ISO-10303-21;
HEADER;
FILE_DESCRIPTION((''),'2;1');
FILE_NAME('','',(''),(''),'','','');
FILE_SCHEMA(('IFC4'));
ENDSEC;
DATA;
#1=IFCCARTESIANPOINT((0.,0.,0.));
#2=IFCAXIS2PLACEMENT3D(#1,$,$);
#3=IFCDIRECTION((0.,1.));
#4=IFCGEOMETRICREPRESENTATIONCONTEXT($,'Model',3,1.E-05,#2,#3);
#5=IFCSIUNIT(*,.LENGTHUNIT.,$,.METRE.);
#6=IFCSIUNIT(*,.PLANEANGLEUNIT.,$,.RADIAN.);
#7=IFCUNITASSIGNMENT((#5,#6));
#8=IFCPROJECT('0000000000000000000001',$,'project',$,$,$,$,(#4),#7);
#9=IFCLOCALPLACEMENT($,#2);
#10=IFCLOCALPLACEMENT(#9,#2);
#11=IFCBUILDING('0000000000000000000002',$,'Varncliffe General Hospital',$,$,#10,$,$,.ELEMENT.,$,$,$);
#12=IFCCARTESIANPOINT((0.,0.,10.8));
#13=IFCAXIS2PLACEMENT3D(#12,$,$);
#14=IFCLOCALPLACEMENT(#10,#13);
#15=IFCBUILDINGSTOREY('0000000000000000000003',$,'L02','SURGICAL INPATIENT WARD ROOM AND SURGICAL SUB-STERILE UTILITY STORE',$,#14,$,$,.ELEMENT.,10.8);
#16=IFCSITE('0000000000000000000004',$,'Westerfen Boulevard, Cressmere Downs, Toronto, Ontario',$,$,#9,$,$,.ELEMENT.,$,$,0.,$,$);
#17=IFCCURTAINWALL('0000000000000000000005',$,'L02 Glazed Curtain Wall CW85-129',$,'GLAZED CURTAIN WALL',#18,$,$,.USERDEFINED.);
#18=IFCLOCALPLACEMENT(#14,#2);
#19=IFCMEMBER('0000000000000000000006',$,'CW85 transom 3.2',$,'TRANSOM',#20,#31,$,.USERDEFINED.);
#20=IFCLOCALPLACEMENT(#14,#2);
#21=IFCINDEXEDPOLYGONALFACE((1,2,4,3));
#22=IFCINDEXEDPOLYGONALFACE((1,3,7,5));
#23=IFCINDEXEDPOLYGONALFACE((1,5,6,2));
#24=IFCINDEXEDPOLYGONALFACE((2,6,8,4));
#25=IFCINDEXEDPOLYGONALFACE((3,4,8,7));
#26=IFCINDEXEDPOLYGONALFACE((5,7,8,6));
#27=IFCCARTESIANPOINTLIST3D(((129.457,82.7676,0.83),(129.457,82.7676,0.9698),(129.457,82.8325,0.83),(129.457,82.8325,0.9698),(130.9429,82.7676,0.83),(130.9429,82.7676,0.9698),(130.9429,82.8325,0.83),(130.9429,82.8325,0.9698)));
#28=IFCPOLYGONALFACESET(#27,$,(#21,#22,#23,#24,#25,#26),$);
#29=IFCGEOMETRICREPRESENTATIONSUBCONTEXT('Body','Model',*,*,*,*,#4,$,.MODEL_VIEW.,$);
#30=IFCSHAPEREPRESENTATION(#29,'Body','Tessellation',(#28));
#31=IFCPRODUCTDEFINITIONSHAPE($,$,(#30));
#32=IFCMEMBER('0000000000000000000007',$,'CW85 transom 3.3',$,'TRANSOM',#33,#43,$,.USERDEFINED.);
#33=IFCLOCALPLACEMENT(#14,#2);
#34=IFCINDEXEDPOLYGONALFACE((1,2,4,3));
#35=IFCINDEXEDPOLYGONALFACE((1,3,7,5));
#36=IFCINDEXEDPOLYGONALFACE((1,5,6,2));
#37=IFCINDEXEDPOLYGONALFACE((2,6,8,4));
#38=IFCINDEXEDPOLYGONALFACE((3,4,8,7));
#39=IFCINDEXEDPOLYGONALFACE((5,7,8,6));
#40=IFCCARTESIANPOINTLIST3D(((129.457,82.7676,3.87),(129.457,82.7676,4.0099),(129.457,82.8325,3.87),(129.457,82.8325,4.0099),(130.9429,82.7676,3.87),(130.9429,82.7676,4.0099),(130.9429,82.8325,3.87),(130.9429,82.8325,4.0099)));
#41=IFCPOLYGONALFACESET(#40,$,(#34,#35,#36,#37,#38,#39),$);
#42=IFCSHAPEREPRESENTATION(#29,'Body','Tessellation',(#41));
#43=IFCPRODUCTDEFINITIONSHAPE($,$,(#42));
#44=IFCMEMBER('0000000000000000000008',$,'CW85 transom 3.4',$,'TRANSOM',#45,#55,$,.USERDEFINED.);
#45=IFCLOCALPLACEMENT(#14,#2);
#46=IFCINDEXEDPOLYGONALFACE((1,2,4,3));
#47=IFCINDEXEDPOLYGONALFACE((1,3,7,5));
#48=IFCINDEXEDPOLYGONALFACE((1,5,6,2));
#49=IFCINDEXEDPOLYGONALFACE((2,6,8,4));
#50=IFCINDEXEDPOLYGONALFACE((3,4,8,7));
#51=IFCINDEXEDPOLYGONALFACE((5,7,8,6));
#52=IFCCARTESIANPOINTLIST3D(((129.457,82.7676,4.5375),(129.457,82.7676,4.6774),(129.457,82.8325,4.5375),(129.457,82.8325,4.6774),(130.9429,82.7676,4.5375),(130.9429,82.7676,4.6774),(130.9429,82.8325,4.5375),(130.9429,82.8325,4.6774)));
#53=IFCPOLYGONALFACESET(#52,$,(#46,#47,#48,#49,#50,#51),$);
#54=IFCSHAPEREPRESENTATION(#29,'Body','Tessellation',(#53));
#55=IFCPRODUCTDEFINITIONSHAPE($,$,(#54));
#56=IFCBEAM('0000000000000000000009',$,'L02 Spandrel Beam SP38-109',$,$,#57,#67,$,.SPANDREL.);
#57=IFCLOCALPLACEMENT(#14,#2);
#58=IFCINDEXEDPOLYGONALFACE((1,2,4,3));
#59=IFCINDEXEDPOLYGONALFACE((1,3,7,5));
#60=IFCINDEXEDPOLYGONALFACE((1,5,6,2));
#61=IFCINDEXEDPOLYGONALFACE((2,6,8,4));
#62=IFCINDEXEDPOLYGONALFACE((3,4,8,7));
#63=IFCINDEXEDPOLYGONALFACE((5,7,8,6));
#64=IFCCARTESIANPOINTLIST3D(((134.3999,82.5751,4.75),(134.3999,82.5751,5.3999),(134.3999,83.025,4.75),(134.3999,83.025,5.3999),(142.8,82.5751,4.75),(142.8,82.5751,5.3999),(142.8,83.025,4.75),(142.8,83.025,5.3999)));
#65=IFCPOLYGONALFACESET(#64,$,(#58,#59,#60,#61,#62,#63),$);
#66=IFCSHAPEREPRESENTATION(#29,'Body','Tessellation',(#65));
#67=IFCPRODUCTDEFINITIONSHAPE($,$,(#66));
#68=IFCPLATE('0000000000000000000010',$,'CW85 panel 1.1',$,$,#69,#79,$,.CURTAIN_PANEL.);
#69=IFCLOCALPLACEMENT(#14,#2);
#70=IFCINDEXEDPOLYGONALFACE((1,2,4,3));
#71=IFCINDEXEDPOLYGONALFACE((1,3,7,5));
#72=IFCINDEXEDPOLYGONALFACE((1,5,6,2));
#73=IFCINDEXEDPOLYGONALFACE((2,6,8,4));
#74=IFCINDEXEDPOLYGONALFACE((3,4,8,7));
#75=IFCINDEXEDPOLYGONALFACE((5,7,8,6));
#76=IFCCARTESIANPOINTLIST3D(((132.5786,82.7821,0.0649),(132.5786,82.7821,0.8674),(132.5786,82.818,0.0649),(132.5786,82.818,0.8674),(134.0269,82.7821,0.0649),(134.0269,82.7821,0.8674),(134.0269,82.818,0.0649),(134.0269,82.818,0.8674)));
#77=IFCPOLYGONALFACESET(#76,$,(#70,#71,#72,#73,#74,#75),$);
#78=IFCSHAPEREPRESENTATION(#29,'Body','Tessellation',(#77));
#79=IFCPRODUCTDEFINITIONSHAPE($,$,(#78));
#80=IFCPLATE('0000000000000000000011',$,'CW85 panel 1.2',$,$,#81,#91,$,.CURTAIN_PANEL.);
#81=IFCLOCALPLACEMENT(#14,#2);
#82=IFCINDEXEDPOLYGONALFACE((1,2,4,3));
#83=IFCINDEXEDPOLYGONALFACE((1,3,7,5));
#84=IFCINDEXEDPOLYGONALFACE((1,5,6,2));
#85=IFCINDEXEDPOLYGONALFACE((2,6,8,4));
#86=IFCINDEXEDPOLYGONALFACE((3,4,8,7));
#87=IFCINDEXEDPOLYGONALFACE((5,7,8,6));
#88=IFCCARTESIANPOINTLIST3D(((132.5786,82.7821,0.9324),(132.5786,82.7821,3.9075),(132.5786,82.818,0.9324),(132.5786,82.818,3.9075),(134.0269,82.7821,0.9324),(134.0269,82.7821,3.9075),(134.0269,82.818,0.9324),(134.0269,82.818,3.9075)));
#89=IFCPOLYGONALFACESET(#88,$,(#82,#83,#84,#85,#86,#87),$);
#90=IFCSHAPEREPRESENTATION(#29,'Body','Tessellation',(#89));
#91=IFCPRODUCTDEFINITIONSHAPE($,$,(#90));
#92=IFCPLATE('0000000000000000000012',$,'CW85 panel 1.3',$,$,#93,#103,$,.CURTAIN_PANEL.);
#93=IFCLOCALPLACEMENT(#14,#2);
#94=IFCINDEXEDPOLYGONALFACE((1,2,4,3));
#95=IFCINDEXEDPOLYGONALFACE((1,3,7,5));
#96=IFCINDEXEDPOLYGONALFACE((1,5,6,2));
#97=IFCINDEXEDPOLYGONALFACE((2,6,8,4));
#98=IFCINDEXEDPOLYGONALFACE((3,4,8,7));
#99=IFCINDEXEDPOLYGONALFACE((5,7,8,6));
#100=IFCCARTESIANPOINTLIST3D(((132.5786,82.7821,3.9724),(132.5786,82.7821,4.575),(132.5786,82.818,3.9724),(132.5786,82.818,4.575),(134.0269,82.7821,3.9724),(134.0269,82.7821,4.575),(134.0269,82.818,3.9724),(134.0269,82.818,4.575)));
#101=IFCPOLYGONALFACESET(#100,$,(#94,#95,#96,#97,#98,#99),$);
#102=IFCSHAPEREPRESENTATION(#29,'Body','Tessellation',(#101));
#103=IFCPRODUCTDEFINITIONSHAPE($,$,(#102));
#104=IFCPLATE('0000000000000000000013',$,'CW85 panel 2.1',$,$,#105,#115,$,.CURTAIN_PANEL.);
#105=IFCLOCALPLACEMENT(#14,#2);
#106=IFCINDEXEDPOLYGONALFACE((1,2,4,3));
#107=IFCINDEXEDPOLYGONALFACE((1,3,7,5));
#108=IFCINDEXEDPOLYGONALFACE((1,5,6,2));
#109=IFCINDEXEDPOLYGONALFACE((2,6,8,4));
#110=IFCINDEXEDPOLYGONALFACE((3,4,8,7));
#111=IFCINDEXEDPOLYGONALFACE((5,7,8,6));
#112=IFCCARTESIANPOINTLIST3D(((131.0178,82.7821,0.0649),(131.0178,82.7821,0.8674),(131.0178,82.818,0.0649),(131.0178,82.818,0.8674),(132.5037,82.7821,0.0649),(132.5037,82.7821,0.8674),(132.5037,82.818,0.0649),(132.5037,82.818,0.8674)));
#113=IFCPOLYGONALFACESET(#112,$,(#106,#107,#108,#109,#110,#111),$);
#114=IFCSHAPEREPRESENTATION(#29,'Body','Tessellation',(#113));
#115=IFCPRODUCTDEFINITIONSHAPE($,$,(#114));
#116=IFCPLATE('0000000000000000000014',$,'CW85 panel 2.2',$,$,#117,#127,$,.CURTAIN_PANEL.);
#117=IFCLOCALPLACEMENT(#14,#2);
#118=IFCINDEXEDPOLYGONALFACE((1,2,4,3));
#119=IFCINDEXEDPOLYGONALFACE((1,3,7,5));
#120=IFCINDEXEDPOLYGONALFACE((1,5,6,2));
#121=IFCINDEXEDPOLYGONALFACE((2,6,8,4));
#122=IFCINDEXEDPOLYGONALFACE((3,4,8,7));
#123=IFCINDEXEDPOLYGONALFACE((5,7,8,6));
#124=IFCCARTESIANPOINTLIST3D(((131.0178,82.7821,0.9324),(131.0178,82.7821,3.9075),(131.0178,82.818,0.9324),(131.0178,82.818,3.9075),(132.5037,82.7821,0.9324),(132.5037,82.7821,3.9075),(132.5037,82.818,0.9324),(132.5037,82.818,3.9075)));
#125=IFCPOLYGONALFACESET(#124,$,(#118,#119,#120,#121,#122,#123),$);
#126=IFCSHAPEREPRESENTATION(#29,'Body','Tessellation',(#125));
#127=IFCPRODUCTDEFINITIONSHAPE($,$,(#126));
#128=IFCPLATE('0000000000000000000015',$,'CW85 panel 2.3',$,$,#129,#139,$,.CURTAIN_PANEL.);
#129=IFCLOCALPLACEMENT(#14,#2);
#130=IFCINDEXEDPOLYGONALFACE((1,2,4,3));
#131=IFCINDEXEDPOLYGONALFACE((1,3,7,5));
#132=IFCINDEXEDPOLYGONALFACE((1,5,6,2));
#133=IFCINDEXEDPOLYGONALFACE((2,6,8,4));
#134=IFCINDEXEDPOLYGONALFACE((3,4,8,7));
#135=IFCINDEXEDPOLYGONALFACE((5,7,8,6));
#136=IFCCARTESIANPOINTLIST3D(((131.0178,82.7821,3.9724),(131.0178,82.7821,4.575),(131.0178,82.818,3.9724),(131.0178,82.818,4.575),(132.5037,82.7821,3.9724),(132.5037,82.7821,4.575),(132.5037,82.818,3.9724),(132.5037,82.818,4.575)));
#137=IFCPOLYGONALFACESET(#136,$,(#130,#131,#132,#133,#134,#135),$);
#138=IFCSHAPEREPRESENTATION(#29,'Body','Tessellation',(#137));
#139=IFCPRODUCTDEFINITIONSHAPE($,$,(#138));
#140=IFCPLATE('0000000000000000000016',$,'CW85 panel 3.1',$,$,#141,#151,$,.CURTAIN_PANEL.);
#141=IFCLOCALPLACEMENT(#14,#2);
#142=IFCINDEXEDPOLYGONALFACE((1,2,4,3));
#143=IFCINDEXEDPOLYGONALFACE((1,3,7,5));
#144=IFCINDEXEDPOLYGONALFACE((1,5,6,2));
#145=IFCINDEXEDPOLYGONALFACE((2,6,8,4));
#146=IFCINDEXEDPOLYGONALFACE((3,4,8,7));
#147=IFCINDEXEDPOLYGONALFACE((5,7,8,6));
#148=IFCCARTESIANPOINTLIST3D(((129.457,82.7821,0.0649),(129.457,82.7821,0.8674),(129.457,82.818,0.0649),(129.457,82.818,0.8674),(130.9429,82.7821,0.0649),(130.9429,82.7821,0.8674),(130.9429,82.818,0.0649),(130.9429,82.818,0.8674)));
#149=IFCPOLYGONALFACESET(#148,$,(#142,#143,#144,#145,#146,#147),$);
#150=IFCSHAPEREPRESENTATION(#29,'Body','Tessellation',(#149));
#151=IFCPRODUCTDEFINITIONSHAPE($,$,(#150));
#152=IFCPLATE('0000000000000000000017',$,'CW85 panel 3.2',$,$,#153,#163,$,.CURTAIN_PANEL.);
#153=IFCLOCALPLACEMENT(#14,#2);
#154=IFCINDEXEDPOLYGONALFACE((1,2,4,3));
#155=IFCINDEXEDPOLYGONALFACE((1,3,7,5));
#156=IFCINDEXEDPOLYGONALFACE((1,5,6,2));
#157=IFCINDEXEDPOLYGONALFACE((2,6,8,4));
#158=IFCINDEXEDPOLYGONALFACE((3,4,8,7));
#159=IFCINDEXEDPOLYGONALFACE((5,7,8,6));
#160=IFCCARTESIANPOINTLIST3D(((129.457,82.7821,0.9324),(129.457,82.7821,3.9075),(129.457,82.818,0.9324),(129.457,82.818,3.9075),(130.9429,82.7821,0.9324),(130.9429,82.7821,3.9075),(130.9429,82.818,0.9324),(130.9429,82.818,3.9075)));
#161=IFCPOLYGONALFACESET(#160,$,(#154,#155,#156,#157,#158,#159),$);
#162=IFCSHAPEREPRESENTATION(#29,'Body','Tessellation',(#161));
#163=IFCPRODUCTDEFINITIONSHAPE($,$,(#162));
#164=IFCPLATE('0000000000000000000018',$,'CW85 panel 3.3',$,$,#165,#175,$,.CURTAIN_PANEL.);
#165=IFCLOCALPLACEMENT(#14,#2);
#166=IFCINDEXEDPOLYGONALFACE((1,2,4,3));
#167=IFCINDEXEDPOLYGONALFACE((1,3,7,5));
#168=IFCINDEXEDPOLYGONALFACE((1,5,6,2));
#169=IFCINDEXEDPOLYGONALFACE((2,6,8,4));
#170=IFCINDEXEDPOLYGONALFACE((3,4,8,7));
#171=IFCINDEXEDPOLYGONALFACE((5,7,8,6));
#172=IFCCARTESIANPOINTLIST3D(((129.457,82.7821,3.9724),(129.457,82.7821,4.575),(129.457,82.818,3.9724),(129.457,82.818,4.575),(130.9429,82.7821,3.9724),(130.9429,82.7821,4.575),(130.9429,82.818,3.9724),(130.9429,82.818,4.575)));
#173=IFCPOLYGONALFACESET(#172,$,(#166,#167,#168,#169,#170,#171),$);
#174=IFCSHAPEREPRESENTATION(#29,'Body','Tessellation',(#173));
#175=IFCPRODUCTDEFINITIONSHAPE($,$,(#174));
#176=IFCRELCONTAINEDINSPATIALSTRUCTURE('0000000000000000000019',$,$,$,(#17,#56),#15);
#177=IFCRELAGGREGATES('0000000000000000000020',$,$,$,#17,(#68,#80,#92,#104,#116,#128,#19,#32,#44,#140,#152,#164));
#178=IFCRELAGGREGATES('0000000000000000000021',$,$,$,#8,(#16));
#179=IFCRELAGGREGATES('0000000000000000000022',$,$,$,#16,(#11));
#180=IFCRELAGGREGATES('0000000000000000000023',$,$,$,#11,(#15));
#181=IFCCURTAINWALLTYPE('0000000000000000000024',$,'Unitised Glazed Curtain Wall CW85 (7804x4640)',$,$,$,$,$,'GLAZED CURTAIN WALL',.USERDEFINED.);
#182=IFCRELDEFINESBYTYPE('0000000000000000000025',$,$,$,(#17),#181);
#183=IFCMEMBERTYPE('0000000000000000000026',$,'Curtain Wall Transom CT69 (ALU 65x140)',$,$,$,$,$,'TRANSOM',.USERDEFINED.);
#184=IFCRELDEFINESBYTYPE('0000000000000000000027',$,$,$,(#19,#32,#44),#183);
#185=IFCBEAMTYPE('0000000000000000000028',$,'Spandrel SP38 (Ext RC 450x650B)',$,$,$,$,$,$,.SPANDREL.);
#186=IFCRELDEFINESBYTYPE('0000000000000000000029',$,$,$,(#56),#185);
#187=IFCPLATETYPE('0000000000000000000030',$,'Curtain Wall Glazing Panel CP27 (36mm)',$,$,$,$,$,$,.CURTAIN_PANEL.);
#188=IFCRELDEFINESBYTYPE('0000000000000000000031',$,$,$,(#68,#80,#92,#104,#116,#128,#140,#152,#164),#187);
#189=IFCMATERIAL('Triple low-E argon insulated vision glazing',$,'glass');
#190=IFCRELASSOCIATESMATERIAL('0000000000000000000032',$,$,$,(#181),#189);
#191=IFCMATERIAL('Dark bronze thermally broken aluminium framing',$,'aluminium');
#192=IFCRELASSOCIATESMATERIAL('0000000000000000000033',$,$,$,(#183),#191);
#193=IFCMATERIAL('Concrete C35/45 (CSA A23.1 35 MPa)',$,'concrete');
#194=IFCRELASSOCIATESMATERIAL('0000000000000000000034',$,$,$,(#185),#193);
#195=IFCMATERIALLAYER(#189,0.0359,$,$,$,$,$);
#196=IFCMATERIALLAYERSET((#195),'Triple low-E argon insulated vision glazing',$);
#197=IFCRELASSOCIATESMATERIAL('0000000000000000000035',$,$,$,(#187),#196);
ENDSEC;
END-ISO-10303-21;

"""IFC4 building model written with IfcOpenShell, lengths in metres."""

from ifc_helpers import new_model, si_unit, direction, frame, origin, origin_2d, place, context, subcontext, project, spatial, rectangle, extrude, material, layer, layer_set, material_profile, profile_set, type_object, element, aggregate, save


model = new_model("IFC4")

# Units and contexts
model_context = context("Model", 3, precision=1e-05, world=origin(), true_north=direction((0.0, 1.0)))
body_context = subcontext(model_context, "Body", "Model", "MODEL_VIEW")
ifc_project = project(units=[si_unit("LENGTHUNIT", "METRE"), si_unit("PLANEANGLEUNIT", "RADIAN")], contexts=[model_context])

# Site, building, storey
site_placement = place(None, origin())
site = spatial("IfcSite", under=ifc_project, at=site_placement, Name="Westerfen Boulevard, Cressmere Downs, Toronto, Ontario", CompositionType="ELEMENT", RefElevation=0.0)
building_placement = place(site_placement, origin())
building = spatial("IfcBuilding", under=site, at=building_placement, Name="Varncliffe General Hospital", CompositionType="ELEMENT")
storey_placement = place(building_placement, frame((0.0, 0.0, 10.8)))
storey = spatial("IfcBuildingStorey", under=building, at=storey_placement, Name="L02", Description="SURGICAL INPATIENT WARD ROOM AND SURGICAL SUB-STERILE UTILITY STORE", CompositionType="ELEMENT", Elevation=10.8)

# Shared definitions
ifc_material_1 = material(Name="Concrete C35/45 (CSA A23.1 35 MPa)", Category="concrete")

# Curtain wall, members
ifc_material_2 = material(Name="Triple low-E argon insulated vision glazing", Category="glass")
curtain_wall_type = type_object("IfcCurtainWallType", Name="Unitised Glazed Curtain Wall CW85 (7804x4640)", ElementType="GLAZED CURTAIN WALL", PredefinedType="USERDEFINED", material=ifc_material_2)
curtain_wall_placement = place(storey_placement, origin())
curtain_wall = element("IfcCurtainWall", 1, at=curtain_wall_placement, inside=storey, type_object=curtain_wall_type, Name="L02 Glazed Curtain Wall CW85-129", ObjectType="GLAZED CURTAIN WALL", PredefinedType="USERDEFINED")
ifc_material_3 = material(Name="Dark bronze thermally broken aluminium framing", Category="aluminium")
ifc_material_profile_1 = material_profile(ifc_material_3, rectangle(XDim=0.0649, YDim=0.1399, at=origin_2d()), Name="ALU 65x140")
ifc_profile_set_1 = profile_set([ifc_material_profile_1], Name="Dark bronze thermally broken aluminium framing")
member_type_1 = type_object("IfcMemberType", Name="Curtain Wall Transom CT69 (ALU 65x140)", ElementType="TRANSOM", PredefinedType="USERDEFINED", material=ifc_profile_set_1)
member_1_placement = place(storey_placement, frame((130.9429, 82.8, 0.8999), z_axis=(-1.0, 0.0, 0.0), x_axis=(0.0, -1.0, 0.0)))
member_1 = element("IfcMember", 2, at=member_1_placement, type_object=member_type_1, Name="CW85 transom 3.2", ObjectType="TRANSOM", PredefinedType="USERDEFINED", context=body_context, shape_type="SweptSolid", body=[
    extrude(rectangle(XDim=0.0649, YDim=0.1399, at=origin_2d()), origin(), (0.0, 0.0, 1.0), 1.4858),
])
member_2_placement = place(storey_placement, frame((130.9429, 82.8, 3.9399), z_axis=(-1.0, 0.0, 0.0), x_axis=(0.0, -1.0, 0.0)))
member_2 = element("IfcMember", 3, at=member_2_placement, type_object=member_type_1, Name="CW85 transom 3.3", ObjectType="TRANSOM", PredefinedType="USERDEFINED", context=body_context, shape_type="SweptSolid", body=[
    extrude(rectangle(XDim=0.0649, YDim=0.1399, at=origin_2d()), origin(), (0.0, 0.0, 1.0), 1.4858),
])
member_3_placement = place(storey_placement, frame((130.9429, 82.8, 4.6074), z_axis=(-1.0, 0.0, 0.0), x_axis=(0.0, -1.0, 0.0)))
member_3 = element("IfcMember", 4, at=member_3_placement, type_object=member_type_1, Name="CW85 transom 3.4", ObjectType="TRANSOM", PredefinedType="USERDEFINED", context=body_context, shape_type="SweptSolid", body=[
    extrude(rectangle(XDim=0.0649, YDim=0.1399, at=origin_2d()), origin(), (0.0, 0.0, 1.0), 1.4858),
])

# Beam
ifc_material_profile_2 = material_profile(ifc_material_1, rectangle(XDim=0.45, YDim=0.6499, at=origin_2d()), Name="RC 450x650")
ifc_profile_set_2 = profile_set([ifc_material_profile_2], Name="Concrete C35/45 (CSA A23.1 35 MPa)")
beam_type_1 = type_object("IfcBeamType", Name="Spandrel SP38 (Ext RC 450x650B)", PredefinedType="SPANDREL", material=ifc_profile_set_2)
beam_1_placement = place(storey_placement, frame((134.3999, 82.8, 5.075), z_axis=(1.0, 0.0, 0.0), x_axis=(0.0, 1.0, 0.0)))
element("IfcBeam", 5, at=beam_1_placement, inside=storey, type_object=beam_type_1, Name="L02 Spandrel Beam SP38-109", PredefinedType="SPANDREL", context=body_context, shape_type="SweptSolid", body=[
    extrude(rectangle(XDim=0.45, YDim=0.6499, at=origin_2d()), origin(), (0.0, 0.0, 1.0), 8.4001),
])

# Plates
ifc_layer = layer(ifc_material_2, 0.0359)
ifc_layer_set = layer_set([ifc_layer], Name="Triple low-E argon insulated vision glazing")
plate_type = type_object("IfcPlateType", Name="Curtain Wall Glazing Panel CP27 (36mm)", PredefinedType="CURTAIN_PANEL", material=ifc_layer_set)
plate_1_placement = place(storey_placement, frame((133.3027, 82.8, 0.0649), z_axis=(0.0, 0.0, 1.0), x_axis=(-1.0, 0.0, 0.0)))
plate_1 = element("IfcPlate", 6, at=plate_1_placement, type_object=plate_type, Name="CW85 panel 1.1", PredefinedType="CURTAIN_PANEL", context=body_context, shape_type="SweptSolid", body=[
    extrude(rectangle(XDim=1.4482, YDim=0.0359, at=origin_2d()), origin(), (0.0, 0.0, 1.0), 0.8025),
])
plate_2_placement = place(storey_placement, frame((133.3027, 82.8, 0.9324), z_axis=(0.0, 0.0, 1.0), x_axis=(-1.0, 0.0, 0.0)))
plate_2 = element("IfcPlate", 7, at=plate_2_placement, type_object=plate_type, Name="CW85 panel 1.2", PredefinedType="CURTAIN_PANEL", context=body_context, shape_type="SweptSolid", body=[
    extrude(rectangle(XDim=1.4482, YDim=0.0359, at=origin_2d()), origin(), (0.0, 0.0, 1.0), 2.9751),
])
plate_3_placement = place(storey_placement, frame((133.3027, 82.8, 3.9724), z_axis=(0.0, 0.0, 1.0), x_axis=(-1.0, 0.0, 0.0)))
plate_3 = element("IfcPlate", 8, at=plate_3_placement, type_object=plate_type, Name="CW85 panel 1.3", PredefinedType="CURTAIN_PANEL", context=body_context, shape_type="SweptSolid", body=[
    extrude(rectangle(XDim=1.4482, YDim=0.0359, at=origin_2d()), origin(), (0.0, 0.0, 1.0), 0.6025),
])
plate_4_placement = place(storey_placement, frame((131.7607, 82.8, 0.0649), z_axis=(0.0, 0.0, 1.0), x_axis=(-1.0, 0.0, 0.0)))
plate_4 = element("IfcPlate", 9, at=plate_4_placement, type_object=plate_type, Name="CW85 panel 2.1", PredefinedType="CURTAIN_PANEL", context=body_context, shape_type="SweptSolid", body=[
    extrude(rectangle(XDim=1.4858, YDim=0.0359, at=origin_2d()), origin(), (0.0, 0.0, 1.0), 0.8025),
])
plate_5_placement = place(storey_placement, frame((131.7607, 82.8, 0.9324), z_axis=(0.0, 0.0, 1.0), x_axis=(-1.0, 0.0, 0.0)))
plate_5 = element("IfcPlate", 10, at=plate_5_placement, type_object=plate_type, Name="CW85 panel 2.2", PredefinedType="CURTAIN_PANEL", context=body_context, shape_type="SweptSolid", body=[
    extrude(rectangle(XDim=1.4858, YDim=0.0359, at=origin_2d()), origin(), (0.0, 0.0, 1.0), 2.9751),
])
plate_6_placement = place(storey_placement, frame((131.7607, 82.8, 3.9724), z_axis=(0.0, 0.0, 1.0), x_axis=(-1.0, 0.0, 0.0)))
plate_6 = element("IfcPlate", 11, at=plate_6_placement, type_object=plate_type, Name="CW85 panel 2.3", PredefinedType="CURTAIN_PANEL", context=body_context, shape_type="SweptSolid", body=[
    extrude(rectangle(XDim=1.4858, YDim=0.0359, at=origin_2d()), origin(), (0.0, 0.0, 1.0), 0.6025),
])
plate_7_placement = place(storey_placement, frame((130.2, 82.8, 0.0649), z_axis=(0.0, 0.0, 1.0), x_axis=(-1.0, 0.0, 0.0)))
plate_7 = element("IfcPlate", 12, at=plate_7_placement, type_object=plate_type, Name="CW85 panel 3.1", PredefinedType="CURTAIN_PANEL", context=body_context, shape_type="SweptSolid", body=[
    extrude(rectangle(XDim=1.4858, YDim=0.0359, at=origin_2d()), origin(), (0.0, 0.0, 1.0), 0.8025),
])
plate_8_placement = place(storey_placement, frame((130.2, 82.8, 0.9324), z_axis=(0.0, 0.0, 1.0), x_axis=(-1.0, 0.0, 0.0)))
plate_8 = element("IfcPlate", 13, at=plate_8_placement, type_object=plate_type, Name="CW85 panel 3.2", PredefinedType="CURTAIN_PANEL", context=body_context, shape_type="SweptSolid", body=[
    extrude(rectangle(XDim=1.4858, YDim=0.0359, at=origin_2d()), origin(), (0.0, 0.0, 1.0), 2.9751),
])
plate_9_placement = place(storey_placement, frame((130.2, 82.8, 3.9724), z_axis=(0.0, 0.0, 1.0), x_axis=(-1.0, 0.0, 0.0)))
plate_9 = element("IfcPlate", 14, at=plate_9_placement, type_object=plate_type, Name="CW85 panel 3.3", PredefinedType="CURTAIN_PANEL", context=body_context, shape_type="SweptSolid", body=[
    extrude(rectangle(XDim=1.4858, YDim=0.0359, at=origin_2d()), origin(), (0.0, 0.0, 1.0), 0.6025),
])
aggregate(curtain_wall, [plate_1, plate_2, plate_3, plate_4, plate_5, plate_6, member_1, member_2, member_3, plate_7, plate_8, plate_9])

save(model, "model.ifc")
